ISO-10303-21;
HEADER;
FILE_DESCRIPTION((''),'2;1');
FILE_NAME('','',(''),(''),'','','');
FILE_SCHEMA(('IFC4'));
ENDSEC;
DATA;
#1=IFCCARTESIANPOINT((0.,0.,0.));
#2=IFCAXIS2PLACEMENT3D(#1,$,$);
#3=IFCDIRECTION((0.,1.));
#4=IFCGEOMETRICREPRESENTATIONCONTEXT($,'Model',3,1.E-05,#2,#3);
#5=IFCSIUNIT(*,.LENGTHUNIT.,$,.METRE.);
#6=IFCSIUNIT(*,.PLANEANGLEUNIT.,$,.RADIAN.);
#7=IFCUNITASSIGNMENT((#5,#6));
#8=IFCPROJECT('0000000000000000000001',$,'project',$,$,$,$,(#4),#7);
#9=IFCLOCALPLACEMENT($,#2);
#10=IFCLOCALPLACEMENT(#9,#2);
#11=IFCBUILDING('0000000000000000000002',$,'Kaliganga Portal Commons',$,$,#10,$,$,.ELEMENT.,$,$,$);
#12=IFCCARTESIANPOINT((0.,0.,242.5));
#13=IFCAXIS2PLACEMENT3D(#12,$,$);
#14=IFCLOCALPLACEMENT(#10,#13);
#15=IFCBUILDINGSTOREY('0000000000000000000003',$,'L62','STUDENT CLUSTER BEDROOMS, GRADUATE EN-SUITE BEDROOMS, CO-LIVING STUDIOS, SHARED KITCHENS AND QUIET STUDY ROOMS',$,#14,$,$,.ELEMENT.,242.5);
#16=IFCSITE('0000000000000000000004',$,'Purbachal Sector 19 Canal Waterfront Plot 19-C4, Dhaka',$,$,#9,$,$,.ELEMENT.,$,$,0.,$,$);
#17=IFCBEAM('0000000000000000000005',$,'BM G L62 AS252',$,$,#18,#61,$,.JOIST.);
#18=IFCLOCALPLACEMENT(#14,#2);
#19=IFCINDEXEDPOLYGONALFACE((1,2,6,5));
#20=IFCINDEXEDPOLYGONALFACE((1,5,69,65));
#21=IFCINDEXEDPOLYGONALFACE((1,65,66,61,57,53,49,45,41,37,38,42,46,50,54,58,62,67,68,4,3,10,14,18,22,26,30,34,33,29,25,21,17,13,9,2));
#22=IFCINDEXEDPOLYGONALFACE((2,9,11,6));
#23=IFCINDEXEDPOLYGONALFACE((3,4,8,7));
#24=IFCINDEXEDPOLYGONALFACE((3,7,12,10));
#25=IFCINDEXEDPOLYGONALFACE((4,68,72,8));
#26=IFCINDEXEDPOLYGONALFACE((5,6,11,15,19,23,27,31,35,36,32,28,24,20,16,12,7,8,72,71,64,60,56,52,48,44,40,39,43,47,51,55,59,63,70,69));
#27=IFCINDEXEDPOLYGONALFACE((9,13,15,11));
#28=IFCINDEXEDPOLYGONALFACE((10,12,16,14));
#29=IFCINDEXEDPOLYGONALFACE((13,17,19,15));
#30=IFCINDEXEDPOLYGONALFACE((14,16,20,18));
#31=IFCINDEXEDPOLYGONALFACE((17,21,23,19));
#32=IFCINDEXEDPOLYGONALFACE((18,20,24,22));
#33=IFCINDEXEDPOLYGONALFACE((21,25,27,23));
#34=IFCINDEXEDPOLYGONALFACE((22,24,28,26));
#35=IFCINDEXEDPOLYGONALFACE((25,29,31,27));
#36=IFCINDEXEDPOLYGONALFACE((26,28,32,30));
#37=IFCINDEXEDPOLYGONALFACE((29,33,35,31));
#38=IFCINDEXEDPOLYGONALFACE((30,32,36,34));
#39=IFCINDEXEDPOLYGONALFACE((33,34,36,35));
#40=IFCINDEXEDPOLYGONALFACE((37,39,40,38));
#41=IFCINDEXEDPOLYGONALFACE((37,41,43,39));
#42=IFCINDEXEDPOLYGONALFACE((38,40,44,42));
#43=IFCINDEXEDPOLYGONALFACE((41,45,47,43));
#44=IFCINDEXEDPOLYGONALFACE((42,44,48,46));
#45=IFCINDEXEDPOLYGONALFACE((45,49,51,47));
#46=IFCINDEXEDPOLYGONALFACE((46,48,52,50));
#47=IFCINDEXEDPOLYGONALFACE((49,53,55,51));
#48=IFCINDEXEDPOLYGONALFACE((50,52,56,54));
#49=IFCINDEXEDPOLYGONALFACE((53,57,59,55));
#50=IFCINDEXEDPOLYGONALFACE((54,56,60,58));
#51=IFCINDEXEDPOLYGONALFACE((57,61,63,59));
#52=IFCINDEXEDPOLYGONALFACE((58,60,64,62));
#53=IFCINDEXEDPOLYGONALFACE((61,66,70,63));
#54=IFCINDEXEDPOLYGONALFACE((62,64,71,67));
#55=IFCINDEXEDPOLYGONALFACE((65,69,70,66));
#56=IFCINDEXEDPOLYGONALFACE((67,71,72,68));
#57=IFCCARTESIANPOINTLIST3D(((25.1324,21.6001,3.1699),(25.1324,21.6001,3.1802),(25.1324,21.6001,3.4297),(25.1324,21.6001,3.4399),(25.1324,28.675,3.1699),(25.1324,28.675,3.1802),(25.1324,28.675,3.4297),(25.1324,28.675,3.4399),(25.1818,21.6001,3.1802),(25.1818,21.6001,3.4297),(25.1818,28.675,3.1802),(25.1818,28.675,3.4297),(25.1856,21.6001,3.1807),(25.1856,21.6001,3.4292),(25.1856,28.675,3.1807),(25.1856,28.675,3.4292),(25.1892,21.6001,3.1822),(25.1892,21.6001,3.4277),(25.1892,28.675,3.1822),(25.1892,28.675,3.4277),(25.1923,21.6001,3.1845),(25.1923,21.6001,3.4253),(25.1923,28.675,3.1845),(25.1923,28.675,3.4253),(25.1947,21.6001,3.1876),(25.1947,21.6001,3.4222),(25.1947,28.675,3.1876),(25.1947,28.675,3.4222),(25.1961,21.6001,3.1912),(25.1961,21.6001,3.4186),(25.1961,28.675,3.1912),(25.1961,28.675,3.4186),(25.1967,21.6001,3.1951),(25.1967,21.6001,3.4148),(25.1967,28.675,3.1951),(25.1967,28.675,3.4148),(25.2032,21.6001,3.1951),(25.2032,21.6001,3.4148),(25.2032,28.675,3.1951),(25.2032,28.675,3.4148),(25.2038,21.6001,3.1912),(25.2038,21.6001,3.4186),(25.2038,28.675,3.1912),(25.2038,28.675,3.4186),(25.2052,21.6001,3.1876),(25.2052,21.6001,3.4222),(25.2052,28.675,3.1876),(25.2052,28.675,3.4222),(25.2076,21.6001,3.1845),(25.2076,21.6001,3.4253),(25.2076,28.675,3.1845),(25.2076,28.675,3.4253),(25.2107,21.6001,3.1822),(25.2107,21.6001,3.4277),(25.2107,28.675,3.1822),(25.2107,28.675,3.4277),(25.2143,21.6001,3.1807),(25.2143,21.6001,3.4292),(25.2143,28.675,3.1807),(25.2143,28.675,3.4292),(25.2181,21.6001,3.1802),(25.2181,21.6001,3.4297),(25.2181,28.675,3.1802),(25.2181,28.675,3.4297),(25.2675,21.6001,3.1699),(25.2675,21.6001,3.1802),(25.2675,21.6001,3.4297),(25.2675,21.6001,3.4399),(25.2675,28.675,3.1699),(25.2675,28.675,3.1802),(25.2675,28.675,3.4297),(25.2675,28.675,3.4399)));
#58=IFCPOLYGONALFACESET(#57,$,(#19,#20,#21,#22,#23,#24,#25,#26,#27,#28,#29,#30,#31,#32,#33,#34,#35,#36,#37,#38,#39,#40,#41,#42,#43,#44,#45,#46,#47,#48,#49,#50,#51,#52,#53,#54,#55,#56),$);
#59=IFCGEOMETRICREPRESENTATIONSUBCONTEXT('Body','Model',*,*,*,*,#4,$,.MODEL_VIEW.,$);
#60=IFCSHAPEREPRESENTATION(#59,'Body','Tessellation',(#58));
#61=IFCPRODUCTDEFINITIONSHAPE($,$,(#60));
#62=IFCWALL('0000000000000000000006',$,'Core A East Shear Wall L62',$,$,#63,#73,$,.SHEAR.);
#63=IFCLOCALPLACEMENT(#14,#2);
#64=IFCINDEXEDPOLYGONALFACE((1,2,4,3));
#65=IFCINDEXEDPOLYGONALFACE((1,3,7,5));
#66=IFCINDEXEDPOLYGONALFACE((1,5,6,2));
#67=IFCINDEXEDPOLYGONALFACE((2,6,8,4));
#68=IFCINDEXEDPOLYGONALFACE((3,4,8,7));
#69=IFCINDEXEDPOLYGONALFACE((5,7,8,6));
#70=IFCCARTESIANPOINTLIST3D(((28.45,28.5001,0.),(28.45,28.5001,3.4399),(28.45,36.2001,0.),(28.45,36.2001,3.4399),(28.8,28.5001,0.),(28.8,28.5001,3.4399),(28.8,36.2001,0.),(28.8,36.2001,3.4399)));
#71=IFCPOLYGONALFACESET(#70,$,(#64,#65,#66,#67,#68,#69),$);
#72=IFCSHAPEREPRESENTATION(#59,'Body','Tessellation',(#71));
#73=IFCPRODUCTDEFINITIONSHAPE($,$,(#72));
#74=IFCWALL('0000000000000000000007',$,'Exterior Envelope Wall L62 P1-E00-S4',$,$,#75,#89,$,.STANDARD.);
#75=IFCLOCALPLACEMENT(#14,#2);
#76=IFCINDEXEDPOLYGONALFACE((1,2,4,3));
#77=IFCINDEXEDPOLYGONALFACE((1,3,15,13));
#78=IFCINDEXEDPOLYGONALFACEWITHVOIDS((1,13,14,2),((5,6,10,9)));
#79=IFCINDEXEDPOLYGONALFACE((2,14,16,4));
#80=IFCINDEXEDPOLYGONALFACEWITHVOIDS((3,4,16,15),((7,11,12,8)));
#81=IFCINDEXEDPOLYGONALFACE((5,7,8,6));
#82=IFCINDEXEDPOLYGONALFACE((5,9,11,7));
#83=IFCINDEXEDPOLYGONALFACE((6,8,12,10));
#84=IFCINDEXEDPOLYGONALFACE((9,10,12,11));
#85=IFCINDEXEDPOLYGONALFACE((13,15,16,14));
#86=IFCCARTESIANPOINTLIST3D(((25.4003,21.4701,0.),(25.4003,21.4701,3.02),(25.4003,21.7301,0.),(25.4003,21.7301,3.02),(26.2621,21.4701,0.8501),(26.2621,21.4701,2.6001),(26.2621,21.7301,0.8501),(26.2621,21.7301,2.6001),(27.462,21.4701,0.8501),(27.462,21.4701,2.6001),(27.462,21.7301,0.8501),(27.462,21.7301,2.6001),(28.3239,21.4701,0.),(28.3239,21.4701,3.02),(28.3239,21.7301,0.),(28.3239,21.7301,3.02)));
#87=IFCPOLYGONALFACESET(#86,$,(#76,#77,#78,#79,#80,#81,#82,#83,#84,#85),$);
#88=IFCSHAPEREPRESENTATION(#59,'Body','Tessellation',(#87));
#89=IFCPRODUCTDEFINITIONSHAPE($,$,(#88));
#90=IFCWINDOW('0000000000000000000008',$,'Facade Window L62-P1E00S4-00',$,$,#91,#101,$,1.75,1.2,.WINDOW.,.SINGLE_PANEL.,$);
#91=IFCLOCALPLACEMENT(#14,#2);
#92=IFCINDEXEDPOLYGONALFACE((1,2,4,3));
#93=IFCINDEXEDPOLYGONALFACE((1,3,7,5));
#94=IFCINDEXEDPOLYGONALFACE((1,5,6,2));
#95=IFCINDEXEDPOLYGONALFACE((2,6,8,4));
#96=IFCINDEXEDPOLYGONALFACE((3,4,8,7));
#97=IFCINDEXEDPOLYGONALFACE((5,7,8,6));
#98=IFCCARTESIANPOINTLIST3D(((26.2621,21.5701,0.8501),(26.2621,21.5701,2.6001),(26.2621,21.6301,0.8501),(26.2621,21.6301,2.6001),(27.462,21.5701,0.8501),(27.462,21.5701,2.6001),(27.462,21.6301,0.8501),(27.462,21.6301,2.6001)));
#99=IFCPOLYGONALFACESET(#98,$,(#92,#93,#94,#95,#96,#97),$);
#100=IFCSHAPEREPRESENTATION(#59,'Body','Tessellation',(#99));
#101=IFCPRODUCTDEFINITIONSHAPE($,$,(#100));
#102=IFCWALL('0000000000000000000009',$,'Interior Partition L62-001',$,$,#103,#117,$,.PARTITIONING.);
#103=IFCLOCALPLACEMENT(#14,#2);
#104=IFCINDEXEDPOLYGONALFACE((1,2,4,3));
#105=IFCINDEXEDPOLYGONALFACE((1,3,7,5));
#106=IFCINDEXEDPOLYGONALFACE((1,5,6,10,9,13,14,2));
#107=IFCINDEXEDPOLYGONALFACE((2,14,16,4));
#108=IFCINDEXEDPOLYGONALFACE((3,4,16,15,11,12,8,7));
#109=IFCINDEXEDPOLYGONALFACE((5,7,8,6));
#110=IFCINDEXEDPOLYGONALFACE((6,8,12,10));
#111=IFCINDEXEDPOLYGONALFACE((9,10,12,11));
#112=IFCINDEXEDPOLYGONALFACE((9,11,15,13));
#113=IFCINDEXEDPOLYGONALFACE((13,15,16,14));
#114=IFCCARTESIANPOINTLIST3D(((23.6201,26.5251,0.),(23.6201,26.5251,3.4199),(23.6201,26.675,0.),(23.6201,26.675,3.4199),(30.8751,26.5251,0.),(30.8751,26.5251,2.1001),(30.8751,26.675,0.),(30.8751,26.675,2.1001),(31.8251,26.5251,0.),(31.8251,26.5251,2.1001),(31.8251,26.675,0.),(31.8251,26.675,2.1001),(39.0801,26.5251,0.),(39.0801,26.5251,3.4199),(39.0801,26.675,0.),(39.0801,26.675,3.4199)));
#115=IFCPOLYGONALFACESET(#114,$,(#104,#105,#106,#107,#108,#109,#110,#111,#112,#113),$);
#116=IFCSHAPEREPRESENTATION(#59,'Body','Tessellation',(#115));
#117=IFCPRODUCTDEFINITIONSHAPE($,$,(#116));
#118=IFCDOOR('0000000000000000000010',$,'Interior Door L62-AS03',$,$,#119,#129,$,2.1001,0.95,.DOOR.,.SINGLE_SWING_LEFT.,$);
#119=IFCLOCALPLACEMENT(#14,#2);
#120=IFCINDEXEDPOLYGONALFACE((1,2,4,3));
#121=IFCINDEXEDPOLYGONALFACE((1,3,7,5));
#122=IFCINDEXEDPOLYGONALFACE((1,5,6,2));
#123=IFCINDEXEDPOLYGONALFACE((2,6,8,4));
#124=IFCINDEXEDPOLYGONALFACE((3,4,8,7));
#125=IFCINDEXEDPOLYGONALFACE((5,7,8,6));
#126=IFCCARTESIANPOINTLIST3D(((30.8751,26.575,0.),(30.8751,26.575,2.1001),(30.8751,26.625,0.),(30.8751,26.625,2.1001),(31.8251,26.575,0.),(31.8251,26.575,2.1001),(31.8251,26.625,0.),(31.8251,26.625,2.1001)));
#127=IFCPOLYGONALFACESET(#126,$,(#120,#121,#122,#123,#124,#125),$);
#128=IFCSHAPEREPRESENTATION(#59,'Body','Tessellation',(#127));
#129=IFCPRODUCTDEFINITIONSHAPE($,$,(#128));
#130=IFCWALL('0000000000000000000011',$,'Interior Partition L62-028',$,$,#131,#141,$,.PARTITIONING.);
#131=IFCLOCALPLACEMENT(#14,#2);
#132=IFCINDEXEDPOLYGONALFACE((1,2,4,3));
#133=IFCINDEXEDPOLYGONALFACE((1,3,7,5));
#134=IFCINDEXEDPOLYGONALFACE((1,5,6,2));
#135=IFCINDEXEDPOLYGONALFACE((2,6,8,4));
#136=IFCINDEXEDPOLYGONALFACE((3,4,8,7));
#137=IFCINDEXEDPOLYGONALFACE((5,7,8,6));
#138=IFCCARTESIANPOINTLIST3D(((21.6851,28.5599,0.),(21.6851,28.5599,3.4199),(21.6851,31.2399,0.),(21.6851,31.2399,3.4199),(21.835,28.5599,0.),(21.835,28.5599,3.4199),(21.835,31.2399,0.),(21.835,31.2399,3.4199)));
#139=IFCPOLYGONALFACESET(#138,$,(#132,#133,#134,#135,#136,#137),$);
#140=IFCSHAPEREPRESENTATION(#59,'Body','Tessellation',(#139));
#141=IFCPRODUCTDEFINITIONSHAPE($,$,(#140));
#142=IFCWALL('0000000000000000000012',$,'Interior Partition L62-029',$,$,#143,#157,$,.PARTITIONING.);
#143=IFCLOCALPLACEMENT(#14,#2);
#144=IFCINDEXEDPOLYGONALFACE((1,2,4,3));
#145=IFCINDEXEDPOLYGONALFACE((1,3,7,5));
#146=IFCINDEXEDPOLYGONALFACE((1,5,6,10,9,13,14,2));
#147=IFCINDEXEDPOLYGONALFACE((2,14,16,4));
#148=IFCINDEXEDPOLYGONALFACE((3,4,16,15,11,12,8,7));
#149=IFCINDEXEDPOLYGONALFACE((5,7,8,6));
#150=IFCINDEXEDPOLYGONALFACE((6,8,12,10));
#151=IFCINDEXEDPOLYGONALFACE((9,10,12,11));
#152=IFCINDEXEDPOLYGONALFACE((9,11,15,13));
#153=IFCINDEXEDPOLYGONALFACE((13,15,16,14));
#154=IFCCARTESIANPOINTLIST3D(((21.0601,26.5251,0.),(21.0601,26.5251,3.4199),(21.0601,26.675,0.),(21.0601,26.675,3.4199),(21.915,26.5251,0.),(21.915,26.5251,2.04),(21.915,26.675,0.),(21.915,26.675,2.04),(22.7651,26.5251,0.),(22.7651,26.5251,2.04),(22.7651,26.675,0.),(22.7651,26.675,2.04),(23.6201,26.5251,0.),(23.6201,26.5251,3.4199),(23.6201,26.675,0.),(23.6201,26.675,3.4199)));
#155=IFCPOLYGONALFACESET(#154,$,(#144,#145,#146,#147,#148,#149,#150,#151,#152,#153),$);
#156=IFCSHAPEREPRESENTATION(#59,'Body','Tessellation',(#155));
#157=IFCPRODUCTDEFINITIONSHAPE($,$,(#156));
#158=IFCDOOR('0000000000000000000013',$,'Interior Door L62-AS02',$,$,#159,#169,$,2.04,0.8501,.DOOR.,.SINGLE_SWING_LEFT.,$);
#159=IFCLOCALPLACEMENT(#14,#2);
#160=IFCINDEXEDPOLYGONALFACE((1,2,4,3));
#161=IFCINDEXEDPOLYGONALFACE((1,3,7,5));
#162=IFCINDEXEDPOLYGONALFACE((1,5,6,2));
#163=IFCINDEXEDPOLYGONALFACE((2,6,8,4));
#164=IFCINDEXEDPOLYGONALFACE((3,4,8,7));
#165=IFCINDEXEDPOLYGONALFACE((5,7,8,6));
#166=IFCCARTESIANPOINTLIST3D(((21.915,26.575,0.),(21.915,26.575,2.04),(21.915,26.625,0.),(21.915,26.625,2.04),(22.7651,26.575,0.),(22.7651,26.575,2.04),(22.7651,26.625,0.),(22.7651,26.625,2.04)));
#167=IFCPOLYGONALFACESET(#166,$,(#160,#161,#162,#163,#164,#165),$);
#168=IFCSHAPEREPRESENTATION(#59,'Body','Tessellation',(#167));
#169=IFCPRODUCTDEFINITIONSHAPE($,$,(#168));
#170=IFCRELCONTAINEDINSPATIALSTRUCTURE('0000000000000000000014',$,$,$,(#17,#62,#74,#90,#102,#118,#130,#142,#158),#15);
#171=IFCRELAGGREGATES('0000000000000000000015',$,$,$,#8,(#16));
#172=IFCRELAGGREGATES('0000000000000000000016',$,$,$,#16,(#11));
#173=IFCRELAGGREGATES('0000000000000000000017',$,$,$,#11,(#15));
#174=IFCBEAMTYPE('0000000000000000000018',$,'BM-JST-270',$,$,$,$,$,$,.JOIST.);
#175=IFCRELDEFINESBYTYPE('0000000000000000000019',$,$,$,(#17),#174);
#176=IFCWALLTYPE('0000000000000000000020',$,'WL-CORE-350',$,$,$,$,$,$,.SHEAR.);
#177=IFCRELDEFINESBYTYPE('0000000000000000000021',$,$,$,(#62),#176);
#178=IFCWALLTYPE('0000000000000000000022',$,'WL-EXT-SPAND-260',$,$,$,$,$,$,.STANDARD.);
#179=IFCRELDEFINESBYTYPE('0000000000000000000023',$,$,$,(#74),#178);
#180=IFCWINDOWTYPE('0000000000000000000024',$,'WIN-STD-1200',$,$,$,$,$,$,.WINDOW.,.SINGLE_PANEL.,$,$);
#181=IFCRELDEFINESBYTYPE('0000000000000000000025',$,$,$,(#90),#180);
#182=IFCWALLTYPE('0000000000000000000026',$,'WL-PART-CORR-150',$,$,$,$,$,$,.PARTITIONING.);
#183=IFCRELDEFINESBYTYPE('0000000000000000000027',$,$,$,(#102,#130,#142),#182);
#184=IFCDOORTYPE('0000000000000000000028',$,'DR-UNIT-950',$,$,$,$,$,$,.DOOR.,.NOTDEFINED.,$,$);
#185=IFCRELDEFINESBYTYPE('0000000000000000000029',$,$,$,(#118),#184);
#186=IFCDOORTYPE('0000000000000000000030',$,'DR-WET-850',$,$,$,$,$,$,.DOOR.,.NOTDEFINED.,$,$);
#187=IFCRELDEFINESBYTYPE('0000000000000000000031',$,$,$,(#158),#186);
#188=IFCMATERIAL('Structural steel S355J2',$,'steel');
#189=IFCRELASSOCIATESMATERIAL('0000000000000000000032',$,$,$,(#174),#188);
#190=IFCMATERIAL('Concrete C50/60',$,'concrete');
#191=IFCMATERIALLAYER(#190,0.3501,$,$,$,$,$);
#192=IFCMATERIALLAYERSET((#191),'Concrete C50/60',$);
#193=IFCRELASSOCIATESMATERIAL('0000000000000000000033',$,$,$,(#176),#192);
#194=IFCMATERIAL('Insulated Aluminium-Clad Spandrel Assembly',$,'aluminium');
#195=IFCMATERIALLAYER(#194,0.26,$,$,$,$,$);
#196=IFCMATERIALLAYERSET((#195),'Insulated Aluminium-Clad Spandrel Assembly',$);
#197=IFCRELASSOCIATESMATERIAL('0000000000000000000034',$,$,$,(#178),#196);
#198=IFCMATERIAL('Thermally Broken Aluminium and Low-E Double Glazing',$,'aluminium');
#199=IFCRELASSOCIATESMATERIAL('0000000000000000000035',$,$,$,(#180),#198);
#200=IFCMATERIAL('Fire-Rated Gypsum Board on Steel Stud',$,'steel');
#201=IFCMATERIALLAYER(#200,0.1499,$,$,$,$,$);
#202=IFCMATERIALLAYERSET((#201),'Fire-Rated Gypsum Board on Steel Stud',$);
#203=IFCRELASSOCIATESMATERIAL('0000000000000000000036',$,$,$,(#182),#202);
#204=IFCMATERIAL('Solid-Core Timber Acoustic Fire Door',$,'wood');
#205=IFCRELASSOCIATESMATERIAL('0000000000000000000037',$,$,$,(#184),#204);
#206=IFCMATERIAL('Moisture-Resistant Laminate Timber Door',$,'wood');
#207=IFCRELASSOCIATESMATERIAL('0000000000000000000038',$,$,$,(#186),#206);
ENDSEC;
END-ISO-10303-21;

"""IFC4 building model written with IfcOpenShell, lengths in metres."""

from ifc_helpers import new_model, si_unit, direction, frame, frame_2d, origin, origin_2d, place, context, subcontext, project, spatial, rectangle, i_section, extrude, source, transform, mapped, material, layer, layer_set, material_profile, profile_set, type_object, element, fill, save


model = new_model("IFC4")

# Units and contexts
model_context = context("Model", 3, precision=1e-05, world=origin(), true_north=direction((0.0, 1.0)))
body_context = subcontext(model_context, "Body", "Model", "MODEL_VIEW")
ifc_project = project(units=[si_unit("LENGTHUNIT", "METRE"), si_unit("PLANEANGLEUNIT", "RADIAN")], contexts=[model_context])

# Site, building, storey
site_placement = place(None, origin())
site = spatial("IfcSite", under=ifc_project, at=site_placement, Name="Purbachal Sector 19 Canal Waterfront Plot 19-C4, Dhaka", CompositionType="ELEMENT", RefElevation=0.0)
building_placement = place(site_placement, origin())
building = spatial("IfcBuilding", under=site, at=building_placement, Name="Kaliganga Portal Commons", CompositionType="ELEMENT")
storey_placement = place(building_placement, frame((0.0, 0.0, 242.5)))
storey = spatial("IfcBuildingStorey", under=building, at=storey_placement, Name="L62", Description="STUDENT CLUSTER BEDROOMS, GRADUATE EN-SUITE BEDROOMS, CO-LIVING STUDIOS, SHARED KITCHENS AND QUIET STUDY ROOMS", CompositionType="ELEMENT", Elevation=242.5)

# Beam
ifc_material_1 = material(Name="Structural steel S355J2", Category="steel")
ifc_material_profile = material_profile(ifc_material_1, i_section(OverallWidth=0.135, OverallDepth=0.27, WebThickness=0.0066, FlangeThickness=0.0103, FilletRadius=0.0149, at=origin_2d()), Name="IPE 270")
ifc_profile_set = profile_set([ifc_material_profile], Name="Structural steel S355J2 wide-flange")
beam_type = type_object("IfcBeamType", Name="BM-JST-270", PredefinedType="JOIST", material=ifc_profile_set)
shared_shape_1 = source(origin(), body_context, "Body", "SweptSolid", [
    extrude(i_section(OverallWidth=0.135, OverallDepth=0.27, WebThickness=0.0066, FlangeThickness=0.0103, FilletRadius=0.0149, at=origin_2d()), origin(), (0.0, 0.0, 1.0), 7.075),
])
beam_placement = place(storey_placement, frame((25.2, 21.6001, 3.3049), z_axis=(0.0, 1.0, 0.0), x_axis=(-1.0, 0.0, 0.0)))
element("IfcBeam", 1, at=beam_placement, inside=storey, type_object=beam_type, Name="BM G L62 AS252", PredefinedType="JOIST", context=body_context, shape_type="MappedRepresentation", body=[
    mapped(shared_shape_1, transform((0.0, 0.0, 0.0), x_axis=(1.0, 0.0, 0.0), y_axis=(0.0, 1.0, 0.0), z_axis=(0.0, 0.0, 1.0), scale=1.0)),
])

# Wall
ifc_material_2 = material(Name="Concrete C50/60", Category="concrete")
ifc_layer_1 = layer(ifc_material_2, 0.3501)
ifc_layer_set_1 = layer_set([ifc_layer_1], Name="Concrete C50/60")
wall_type_1 = type_object("IfcWallType", Name="WL-CORE-350", PredefinedType="SHEAR", material=ifc_layer_set_1)
wall_1_placement = place(storey_placement, frame((28.625, 28.5, 0.0), z_axis=(0.0, 0.0, 1.0), x_axis=(0.0, 1.0, 0.0)))
element("IfcWall", 2, at=wall_1_placement, inside=storey, type_object=wall_type_1, Name="Core A East Shear Wall L62", PredefinedType="SHEAR", context=body_context, shape_type="SweptSolid", body=[
    extrude(rectangle(XDim=7.7, YDim=0.3501, at=frame_2d((3.8501, 0.0))), origin(), (0.0, 0.0, 1.0), 3.4399),
])

# Wall, opening, window
ifc_material_3 = material(Name="Insulated Aluminium-Clad Spandrel Assembly", Category="aluminium")
ifc_layer_2 = layer(ifc_material_3, 0.26)
ifc_layer_set_2 = layer_set([ifc_layer_2], Name="Insulated Aluminium-Clad Spandrel Assembly")
wall_type_2 = type_object("IfcWallType", Name="WL-EXT-SPAND-260", PredefinedType="STANDARD", material=ifc_layer_set_2)
wall_2_placement = place(storey_placement, frame((28.324, 21.6001, 0.0), z_axis=(0.0, 0.0, 1.0), x_axis=(-1.0, 0.0, 0.0)))
wall_2 = element("IfcWall", 3, at=wall_2_placement, inside=storey, type_object=wall_type_2, Name="Exterior Envelope Wall L62 P1-E00-S4", PredefinedType="STANDARD", context=body_context, shape_type="SweptSolid", body=[
    extrude(rectangle(XDim=2.9236, YDim=0.26, at=frame_2d((1.4619, 0.0))), origin(), (0.0, 0.0, 1.0), 3.02),
])
opening_1_placement = place(wall_2_placement, frame((0.8618, 0.0, 0.8501)))
opening_1 = element("IfcOpeningElement", 4, at=opening_1_placement, cuts=wall_2, PredefinedType="OPENING", context=body_context, shape_type="SweptSolid", body=[
    extrude(rectangle(XDim=1.2, YDim=1.75, at=frame_2d((0.6001, 0.875))), frame((0.0, 0.1401, 0.0), z_axis=(0.0, -1.0, 0.0), x_axis=(1.0, 0.0, 0.0)), (0.0, 0.0, 1.0), 0.28),
])
ifc_material_4 = material(Name="Thermally Broken Aluminium and Low-E Double Glazing", Category="aluminium")
window_type = type_object("IfcWindowType", Name="WIN-STD-1200", PartitioningType="SINGLE_PANEL", PredefinedType="WINDOW", material=ifc_material_4)
window_placement = place(opening_1_placement, origin())
window = element("IfcWindow", 5, at=window_placement, inside=storey, type_object=window_type, Name="Facade Window L62-P1E00S4-00", OverallHeight=1.75, OverallWidth=1.2, PartitioningType="SINGLE_PANEL", PredefinedType="WINDOW", context=body_context, shape_type="SweptSolid", body=[
    extrude(rectangle(XDim=1.2, YDim=1.75, at=frame_2d((0.6001, 0.875))), frame((0.0, 0.03, 0.0), z_axis=(0.0, -1.0, 0.0), x_axis=(1.0, 0.0, 0.0)), (0.0, 0.0, 1.0), 0.0601),
])
fill(opening_1, window)

# Wall, opening, door
ifc_material_5 = material(Name="Fire-Rated Gypsum Board on Steel Stud", Category="steel")
ifc_layer_3 = layer(ifc_material_5, 0.1499)
ifc_layer_set_3 = layer_set([ifc_layer_3], Name="Fire-Rated Gypsum Board on Steel Stud")
wall_type_3 = type_object("IfcWallType", Name="WL-PART-CORR-150", PredefinedType="PARTITIONING", material=ifc_layer_set_3)
wall_3_placement = place(storey_placement, frame((23.6201, 26.6001, 0.0), z_axis=(0.0, 0.0, 1.0), x_axis=(1.0, 0.0, 0.0)))
wall_3 = element("IfcWall", 6, at=wall_3_placement, inside=storey, type_object=wall_type_3, Name="Interior Partition L62-001", PredefinedType="PARTITIONING", context=body_context, shape_type="SweptSolid", body=[
    extrude(rectangle(XDim=15.46, YDim=0.1499, at=frame_2d((7.73, 0.0))), origin(), (0.0, 0.0, 1.0), 3.4199),
])
opening_2_placement = place(wall_3_placement, frame((7.2549, 0.0, 0.0)))
opening_2 = element("IfcOpeningElement", 7, at=opening_2_placement, cuts=wall_3, PredefinedType="OPENING", context=body_context, shape_type="SweptSolid", body=[
    extrude(rectangle(XDim=0.95, YDim=2.1001, at=frame_2d((0.4751, 1.05))), frame((0.0, 0.085, 0.0), z_axis=(0.0, -1.0, 0.0), x_axis=(1.0, 0.0, 0.0)), (0.0, 0.0, 1.0), 0.1699),
])
ifc_material_6 = material(Name="Solid-Core Timber Acoustic Fire Door", Category="wood")
door_type_1 = type_object("IfcDoorType", Name="DR-UNIT-950", OperationType="NOTDEFINED", PredefinedType="DOOR", material=ifc_material_6)
door_1_placement = place(opening_2_placement, origin())
door_1 = element("IfcDoor", 8, at=door_1_placement, inside=storey, type_object=door_type_1, Name="Interior Door L62-AS03", OperationType="SINGLE_SWING_LEFT", OverallHeight=2.1001, OverallWidth=0.95, PredefinedType="DOOR", context=body_context, shape_type="SweptSolid", body=[
    extrude(rectangle(XDim=0.95, YDim=2.1001, at=frame_2d((0.4751, 1.05))), frame((0.0, 0.0249, 0.0), z_axis=(0.0, -1.0, 0.0), x_axis=(1.0, 0.0, 0.0)), (0.0, 0.0, 1.0), 0.05),
])
fill(opening_2, door_1)

# Wall
wall_4_placement = place(storey_placement, frame((21.76, 28.5601, 0.0), z_axis=(0.0, 0.0, 1.0), x_axis=(0.0, 1.0, 0.0)))
element("IfcWall", 9, at=wall_4_placement, inside=storey, type_object=wall_type_3, Name="Interior Partition L62-028", PredefinedType="PARTITIONING", context=body_context, shape_type="SweptSolid", body=[
    extrude(rectangle(XDim=2.6799, YDim=0.1499, at=frame_2d((1.3398, 0.0))), origin(), (0.0, 0.0, 1.0), 3.4199),
])

# Wall, opening, door
wall_5_placement = place(storey_placement, frame((21.0601, 26.6001, 0.0), z_axis=(0.0, 0.0, 1.0), x_axis=(1.0, 0.0, 0.0)))
wall_5 = element("IfcWall", 10, at=wall_5_placement, inside=storey, type_object=wall_type_3, Name="Interior Partition L62-029", PredefinedType="PARTITIONING", context=body_context, shape_type="SweptSolid", body=[
    extrude(rectangle(XDim=2.5601, YDim=0.1499, at=frame_2d((1.28, 0.0))), origin(), (0.0, 0.0, 1.0), 3.4199),
])
opening_3_placement = place(wall_5_placement, frame((0.855, 0.0, 0.0)))
opening_3 = element("IfcOpeningElement", 11, at=opening_3_placement, cuts=wall_5, PredefinedType="OPENING", context=body_context, shape_type="SweptSolid", body=[
    extrude(rectangle(XDim=0.8501, YDim=2.04, at=frame_2d((0.425, 1.02))), frame((0.0, 0.085, 0.0), z_axis=(0.0, -1.0, 0.0), x_axis=(1.0, 0.0, 0.0)), (0.0, 0.0, 1.0), 0.1699),
])
ifc_material_7 = material(Name="Moisture-Resistant Laminate Timber Door", Category="wood")
door_type_2 = type_object("IfcDoorType", Name="DR-WET-850", OperationType="NOTDEFINED", PredefinedType="DOOR", material=ifc_material_7)
door_2_placement = place(opening_3_placement, origin())
door_2 = element("IfcDoor", 12, at=door_2_placement, inside=storey, type_object=door_type_2, Name="Interior Door L62-AS02", OperationType="SINGLE_SWING_LEFT", OverallHeight=2.04, OverallWidth=0.8501, PredefinedType="DOOR", context=body_context, shape_type="SweptSolid", body=[
    extrude(rectangle(XDim=0.8501, YDim=2.04, at=frame_2d((0.425, 1.02))), frame((0.0, 0.0249, 0.0), z_axis=(0.0, -1.0, 0.0), x_axis=(1.0, 0.0, 0.0)), (0.0, 0.0, 1.0), 0.05),
])
fill(opening_3, door_2)

save(model, "model.ifc")
